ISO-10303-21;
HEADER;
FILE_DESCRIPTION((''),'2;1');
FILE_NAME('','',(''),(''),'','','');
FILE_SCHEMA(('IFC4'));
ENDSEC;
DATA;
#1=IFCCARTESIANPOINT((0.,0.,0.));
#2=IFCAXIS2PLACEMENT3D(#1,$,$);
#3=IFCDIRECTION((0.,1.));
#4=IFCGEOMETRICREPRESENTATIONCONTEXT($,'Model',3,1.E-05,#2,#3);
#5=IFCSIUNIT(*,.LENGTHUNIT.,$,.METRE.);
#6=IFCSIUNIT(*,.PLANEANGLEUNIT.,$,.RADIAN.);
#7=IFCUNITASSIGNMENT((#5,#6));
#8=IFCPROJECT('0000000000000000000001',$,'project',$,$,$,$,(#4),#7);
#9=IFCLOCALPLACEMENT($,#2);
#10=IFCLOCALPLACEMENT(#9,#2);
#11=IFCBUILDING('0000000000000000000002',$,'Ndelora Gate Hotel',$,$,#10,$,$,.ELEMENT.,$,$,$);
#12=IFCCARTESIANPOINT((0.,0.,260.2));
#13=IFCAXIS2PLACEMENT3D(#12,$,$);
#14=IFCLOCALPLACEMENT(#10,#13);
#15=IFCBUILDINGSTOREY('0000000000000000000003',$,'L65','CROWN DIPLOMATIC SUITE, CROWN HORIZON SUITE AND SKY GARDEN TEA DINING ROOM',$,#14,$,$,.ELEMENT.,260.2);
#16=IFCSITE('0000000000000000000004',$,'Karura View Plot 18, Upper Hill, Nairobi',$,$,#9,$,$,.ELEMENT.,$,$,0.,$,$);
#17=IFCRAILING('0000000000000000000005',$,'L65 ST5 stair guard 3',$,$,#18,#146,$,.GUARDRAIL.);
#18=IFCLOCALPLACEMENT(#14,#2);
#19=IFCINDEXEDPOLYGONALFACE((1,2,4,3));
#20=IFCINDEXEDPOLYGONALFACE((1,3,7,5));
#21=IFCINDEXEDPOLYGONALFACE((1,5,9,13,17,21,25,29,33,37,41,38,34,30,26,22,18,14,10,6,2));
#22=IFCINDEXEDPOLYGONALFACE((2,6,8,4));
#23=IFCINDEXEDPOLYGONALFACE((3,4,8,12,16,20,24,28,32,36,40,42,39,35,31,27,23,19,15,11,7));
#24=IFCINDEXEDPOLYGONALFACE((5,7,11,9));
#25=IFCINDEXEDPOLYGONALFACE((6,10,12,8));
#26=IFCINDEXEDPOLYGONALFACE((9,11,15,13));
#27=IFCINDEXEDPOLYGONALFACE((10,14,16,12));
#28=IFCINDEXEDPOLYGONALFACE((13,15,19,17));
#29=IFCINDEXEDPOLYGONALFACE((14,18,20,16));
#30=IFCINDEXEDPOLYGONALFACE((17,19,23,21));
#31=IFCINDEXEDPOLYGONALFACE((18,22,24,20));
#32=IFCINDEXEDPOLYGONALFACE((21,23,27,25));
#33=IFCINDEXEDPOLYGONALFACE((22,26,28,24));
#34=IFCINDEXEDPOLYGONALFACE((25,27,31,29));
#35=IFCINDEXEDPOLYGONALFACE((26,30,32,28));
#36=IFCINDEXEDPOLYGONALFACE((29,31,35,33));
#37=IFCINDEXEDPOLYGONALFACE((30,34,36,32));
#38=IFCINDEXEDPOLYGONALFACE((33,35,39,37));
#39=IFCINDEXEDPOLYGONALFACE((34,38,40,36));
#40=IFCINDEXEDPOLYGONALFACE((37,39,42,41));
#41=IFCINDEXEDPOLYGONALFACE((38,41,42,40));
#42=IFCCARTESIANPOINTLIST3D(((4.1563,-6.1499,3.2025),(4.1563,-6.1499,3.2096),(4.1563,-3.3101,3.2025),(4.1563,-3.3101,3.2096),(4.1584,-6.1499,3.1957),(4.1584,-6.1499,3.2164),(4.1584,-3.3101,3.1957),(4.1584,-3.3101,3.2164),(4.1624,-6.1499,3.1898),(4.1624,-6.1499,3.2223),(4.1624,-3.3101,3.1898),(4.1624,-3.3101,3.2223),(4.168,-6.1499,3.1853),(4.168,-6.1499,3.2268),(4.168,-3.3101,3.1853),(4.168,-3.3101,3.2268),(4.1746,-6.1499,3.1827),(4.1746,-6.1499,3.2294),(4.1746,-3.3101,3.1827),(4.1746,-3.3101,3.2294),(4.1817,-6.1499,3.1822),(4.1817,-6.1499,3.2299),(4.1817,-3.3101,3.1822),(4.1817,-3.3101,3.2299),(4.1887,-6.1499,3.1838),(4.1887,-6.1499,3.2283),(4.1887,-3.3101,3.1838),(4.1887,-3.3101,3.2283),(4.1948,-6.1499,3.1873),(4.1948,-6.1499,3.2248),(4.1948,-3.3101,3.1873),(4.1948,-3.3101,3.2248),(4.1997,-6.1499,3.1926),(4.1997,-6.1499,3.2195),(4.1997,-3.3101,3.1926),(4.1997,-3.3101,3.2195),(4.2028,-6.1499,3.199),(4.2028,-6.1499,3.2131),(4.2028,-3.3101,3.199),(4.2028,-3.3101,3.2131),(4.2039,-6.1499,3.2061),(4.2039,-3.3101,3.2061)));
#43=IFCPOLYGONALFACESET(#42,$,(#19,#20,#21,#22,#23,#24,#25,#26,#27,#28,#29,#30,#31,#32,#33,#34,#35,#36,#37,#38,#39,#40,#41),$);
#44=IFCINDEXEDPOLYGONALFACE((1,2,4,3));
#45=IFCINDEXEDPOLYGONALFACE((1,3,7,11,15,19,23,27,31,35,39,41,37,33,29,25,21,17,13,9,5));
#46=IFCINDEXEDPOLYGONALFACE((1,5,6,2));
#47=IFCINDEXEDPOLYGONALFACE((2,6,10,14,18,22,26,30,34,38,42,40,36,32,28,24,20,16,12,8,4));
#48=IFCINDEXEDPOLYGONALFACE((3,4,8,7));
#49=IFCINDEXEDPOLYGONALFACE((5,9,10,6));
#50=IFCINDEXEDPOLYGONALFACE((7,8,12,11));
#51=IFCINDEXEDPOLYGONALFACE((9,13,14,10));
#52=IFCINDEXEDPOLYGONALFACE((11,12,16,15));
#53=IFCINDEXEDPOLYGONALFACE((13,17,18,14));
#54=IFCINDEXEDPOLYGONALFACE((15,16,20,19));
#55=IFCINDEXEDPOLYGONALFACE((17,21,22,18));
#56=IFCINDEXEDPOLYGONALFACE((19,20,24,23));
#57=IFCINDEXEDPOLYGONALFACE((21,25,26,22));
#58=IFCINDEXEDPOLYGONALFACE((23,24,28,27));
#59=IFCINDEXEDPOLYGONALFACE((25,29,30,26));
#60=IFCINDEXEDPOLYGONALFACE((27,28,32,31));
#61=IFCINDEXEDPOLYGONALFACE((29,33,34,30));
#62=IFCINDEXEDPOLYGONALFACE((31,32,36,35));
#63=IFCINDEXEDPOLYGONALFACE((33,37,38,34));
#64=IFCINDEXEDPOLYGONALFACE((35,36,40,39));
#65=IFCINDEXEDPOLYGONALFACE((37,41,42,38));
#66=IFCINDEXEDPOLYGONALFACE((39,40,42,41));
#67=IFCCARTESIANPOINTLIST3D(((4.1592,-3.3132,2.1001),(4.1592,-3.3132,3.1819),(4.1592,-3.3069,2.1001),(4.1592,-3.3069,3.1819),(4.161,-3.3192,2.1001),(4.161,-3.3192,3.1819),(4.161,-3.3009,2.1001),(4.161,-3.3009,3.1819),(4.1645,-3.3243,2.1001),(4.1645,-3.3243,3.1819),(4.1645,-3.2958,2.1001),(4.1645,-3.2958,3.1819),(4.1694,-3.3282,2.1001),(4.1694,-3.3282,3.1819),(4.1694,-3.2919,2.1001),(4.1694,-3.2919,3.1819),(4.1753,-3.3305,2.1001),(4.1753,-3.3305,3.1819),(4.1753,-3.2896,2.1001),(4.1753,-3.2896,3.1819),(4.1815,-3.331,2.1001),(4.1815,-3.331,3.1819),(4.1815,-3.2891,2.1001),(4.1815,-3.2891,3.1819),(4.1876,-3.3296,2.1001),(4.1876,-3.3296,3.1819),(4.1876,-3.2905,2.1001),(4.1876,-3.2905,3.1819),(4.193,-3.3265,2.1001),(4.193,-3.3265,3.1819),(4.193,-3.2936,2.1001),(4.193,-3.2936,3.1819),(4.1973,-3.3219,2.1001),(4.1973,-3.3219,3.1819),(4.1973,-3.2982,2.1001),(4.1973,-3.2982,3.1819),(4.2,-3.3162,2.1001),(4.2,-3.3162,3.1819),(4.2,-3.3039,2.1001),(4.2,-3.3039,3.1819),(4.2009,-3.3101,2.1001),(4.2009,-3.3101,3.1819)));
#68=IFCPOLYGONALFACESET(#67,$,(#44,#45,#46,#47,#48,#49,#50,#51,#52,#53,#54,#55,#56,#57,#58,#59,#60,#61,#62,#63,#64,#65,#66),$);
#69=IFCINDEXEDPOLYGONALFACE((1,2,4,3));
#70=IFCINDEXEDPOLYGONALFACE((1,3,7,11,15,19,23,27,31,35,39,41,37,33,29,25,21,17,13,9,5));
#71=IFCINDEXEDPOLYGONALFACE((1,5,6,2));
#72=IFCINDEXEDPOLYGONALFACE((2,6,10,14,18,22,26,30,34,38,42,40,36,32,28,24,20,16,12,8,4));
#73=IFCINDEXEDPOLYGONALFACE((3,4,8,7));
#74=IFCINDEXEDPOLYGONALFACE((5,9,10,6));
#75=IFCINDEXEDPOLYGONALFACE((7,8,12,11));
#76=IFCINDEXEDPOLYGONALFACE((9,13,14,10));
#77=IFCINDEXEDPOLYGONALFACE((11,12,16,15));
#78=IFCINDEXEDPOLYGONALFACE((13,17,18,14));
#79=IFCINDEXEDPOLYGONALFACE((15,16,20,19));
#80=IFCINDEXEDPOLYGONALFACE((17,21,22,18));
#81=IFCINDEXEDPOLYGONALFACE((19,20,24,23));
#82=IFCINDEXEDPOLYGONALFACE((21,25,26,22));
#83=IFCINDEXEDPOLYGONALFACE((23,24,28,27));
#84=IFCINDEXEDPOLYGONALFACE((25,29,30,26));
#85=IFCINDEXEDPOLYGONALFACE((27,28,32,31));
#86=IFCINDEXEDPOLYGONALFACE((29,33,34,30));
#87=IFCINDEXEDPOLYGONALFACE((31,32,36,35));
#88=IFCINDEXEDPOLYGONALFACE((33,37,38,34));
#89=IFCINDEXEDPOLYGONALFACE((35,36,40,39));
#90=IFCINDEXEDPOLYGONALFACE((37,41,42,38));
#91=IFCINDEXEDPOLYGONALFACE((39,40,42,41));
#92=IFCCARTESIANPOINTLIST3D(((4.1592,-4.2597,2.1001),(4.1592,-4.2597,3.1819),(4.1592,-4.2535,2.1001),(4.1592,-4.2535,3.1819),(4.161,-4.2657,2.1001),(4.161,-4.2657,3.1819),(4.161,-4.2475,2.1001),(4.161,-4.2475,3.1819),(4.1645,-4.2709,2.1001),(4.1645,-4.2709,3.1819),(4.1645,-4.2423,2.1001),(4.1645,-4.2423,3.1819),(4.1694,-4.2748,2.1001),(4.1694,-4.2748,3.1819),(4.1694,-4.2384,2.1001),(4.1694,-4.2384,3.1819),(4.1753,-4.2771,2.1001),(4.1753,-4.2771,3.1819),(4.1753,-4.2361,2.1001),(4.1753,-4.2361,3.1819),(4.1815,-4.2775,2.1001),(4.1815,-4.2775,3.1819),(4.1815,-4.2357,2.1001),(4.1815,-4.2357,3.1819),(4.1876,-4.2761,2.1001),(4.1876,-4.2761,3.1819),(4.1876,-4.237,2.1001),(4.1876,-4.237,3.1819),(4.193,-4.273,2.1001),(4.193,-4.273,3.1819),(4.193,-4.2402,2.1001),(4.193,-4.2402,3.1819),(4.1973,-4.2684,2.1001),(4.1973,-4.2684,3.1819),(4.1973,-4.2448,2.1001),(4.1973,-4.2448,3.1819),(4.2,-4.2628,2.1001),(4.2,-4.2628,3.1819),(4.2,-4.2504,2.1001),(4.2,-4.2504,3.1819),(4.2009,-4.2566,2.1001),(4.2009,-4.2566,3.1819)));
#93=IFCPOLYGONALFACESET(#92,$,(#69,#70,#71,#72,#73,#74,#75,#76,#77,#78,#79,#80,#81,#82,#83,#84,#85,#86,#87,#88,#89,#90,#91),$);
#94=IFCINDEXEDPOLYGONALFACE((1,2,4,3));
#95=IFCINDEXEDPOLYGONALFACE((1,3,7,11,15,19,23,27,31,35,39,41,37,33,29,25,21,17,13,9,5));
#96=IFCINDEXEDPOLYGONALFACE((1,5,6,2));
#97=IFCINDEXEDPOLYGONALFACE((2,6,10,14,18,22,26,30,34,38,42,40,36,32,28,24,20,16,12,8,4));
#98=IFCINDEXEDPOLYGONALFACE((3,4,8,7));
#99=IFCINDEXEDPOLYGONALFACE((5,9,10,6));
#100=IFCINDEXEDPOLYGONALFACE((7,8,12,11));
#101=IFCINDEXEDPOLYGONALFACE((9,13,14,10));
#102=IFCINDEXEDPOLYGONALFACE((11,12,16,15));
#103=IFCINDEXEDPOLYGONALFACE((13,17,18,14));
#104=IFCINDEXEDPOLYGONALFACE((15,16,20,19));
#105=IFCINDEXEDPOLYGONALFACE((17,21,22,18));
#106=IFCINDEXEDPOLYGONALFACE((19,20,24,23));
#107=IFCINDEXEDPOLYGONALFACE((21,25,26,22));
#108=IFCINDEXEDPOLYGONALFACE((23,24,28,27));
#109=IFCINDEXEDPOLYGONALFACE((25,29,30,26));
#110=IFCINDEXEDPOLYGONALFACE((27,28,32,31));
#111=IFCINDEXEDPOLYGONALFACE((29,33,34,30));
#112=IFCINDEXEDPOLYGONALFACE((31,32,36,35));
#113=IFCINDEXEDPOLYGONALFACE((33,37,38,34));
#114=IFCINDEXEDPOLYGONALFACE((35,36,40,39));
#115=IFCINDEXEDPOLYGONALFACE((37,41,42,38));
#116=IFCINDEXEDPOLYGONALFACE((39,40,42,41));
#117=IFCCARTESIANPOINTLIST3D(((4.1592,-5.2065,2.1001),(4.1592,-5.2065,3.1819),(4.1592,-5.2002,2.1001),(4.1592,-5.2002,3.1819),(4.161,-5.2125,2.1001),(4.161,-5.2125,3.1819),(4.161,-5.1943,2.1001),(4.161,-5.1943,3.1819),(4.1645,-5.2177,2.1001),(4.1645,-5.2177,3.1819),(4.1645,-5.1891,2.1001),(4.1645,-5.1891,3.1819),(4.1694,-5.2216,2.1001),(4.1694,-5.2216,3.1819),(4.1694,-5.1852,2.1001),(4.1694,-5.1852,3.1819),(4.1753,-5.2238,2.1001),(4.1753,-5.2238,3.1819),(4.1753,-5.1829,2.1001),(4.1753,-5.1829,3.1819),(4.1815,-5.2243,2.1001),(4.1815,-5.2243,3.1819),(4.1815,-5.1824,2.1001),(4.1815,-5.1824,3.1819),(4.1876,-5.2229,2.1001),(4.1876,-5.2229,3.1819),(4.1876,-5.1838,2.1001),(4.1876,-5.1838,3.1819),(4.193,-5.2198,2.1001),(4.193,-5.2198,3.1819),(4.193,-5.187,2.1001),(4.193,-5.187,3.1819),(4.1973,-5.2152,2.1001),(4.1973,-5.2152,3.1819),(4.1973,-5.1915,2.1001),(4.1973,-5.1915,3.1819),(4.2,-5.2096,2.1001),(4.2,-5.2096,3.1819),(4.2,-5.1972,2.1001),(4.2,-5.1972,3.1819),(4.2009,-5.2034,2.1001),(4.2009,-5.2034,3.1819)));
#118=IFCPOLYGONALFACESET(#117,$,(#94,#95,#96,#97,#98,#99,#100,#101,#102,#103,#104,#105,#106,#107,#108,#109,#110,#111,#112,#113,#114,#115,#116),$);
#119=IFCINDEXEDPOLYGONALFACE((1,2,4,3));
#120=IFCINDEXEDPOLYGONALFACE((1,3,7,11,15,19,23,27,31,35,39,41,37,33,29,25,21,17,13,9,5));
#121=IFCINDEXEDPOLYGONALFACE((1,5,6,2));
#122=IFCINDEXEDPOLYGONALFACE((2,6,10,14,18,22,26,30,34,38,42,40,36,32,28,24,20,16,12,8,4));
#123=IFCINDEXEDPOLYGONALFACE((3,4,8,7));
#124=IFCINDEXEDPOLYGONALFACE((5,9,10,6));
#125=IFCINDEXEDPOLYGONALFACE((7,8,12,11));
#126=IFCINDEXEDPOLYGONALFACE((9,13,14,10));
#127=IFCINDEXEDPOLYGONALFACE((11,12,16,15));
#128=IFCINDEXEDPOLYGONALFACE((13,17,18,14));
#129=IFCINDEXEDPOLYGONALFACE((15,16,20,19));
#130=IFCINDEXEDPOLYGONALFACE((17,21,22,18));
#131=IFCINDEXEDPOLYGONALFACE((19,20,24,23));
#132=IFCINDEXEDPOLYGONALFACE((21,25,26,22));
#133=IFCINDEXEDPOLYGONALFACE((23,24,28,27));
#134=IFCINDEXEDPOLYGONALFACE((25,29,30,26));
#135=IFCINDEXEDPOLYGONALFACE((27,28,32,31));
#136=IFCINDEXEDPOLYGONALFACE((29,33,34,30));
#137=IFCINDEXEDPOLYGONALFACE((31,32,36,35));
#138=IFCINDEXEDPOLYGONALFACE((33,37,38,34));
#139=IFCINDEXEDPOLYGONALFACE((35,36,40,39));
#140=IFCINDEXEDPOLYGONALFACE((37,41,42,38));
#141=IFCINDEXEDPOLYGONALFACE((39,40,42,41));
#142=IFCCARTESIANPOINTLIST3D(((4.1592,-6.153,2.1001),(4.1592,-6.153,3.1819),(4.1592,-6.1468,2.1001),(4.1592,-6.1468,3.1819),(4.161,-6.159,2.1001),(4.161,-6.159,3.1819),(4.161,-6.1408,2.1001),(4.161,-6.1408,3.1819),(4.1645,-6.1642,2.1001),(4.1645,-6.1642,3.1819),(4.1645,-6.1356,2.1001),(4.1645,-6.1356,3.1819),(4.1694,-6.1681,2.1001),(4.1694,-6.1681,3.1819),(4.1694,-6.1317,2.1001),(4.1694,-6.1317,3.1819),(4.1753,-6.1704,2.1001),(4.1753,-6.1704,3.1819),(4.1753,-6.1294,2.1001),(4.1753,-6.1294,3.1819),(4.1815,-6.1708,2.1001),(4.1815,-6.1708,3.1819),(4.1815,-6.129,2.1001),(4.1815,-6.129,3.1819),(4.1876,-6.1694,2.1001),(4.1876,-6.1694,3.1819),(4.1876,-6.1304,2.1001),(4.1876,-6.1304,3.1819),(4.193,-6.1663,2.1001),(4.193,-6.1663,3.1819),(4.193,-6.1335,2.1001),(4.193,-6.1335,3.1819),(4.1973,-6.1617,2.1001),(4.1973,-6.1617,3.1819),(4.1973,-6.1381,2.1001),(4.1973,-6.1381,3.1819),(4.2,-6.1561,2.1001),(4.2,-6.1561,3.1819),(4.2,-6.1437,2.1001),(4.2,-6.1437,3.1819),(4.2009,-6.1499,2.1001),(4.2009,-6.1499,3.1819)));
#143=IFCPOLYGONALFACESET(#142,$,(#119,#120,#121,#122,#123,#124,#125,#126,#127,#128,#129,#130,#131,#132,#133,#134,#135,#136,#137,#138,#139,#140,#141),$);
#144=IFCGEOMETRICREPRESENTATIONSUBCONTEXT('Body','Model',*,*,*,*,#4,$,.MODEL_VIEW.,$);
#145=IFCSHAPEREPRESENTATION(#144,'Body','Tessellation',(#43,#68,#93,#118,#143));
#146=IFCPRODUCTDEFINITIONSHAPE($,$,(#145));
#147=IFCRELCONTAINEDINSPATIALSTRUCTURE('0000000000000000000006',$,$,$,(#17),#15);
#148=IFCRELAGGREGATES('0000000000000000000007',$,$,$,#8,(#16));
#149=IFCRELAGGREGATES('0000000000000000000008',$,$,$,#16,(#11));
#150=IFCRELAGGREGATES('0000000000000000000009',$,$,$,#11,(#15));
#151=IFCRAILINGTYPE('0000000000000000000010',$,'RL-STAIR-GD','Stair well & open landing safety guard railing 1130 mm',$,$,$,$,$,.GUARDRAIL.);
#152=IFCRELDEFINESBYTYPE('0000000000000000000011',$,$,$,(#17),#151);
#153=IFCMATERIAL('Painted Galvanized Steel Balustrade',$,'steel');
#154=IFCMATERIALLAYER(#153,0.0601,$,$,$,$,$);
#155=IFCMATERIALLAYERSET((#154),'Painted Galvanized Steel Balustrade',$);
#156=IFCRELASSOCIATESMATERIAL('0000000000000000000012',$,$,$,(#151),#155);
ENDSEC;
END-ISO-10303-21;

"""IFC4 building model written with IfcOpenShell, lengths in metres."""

from ifc_helpers import new_model, si_unit, direction, frame, origin, origin_2d, place, context, subcontext, project, spatial, circle, extrude, material, layer, layer_set, type_object, element, save


model = new_model("IFC4")

# Units and contexts
model_context = context("Model", 3, precision=1e-05, world=origin(), true_north=direction((0.0, 1.0)))
body_context = subcontext(model_context, "Body", "Model", "MODEL_VIEW")
ifc_project = project(units=[si_unit("LENGTHUNIT", "METRE"), si_unit("PLANEANGLEUNIT", "RADIAN")], contexts=[model_context])

# Site, building, storey
site_placement = place(None, origin())
site = spatial("IfcSite", under=ifc_project, at=site_placement, Name="Karura View Plot 18, Upper Hill, Nairobi", CompositionType="ELEMENT", RefElevation=0.0)
building_placement = place(site_placement, origin())
building = spatial("IfcBuilding", under=site, at=building_placement, Name="Ndelora Gate Hotel", CompositionType="ELEMENT")
storey_placement = place(building_placement, frame((0.0, 0.0, 260.2)))
storey = spatial("IfcBuildingStorey", under=building, at=storey_placement, Name="L65", Description="CROWN DIPLOMATIC SUITE, CROWN HORIZON SUITE AND SKY GARDEN TEA DINING ROOM", CompositionType="ELEMENT", Elevation=260.2)

# Railing
ifc_material_1 = material(Name="Painted Galvanized Steel Balustrade", Category="steel")
ifc_layer_1 = layer(ifc_material_1, 0.0601)
ifc_layer_set_1 = layer_set([ifc_layer_1], Name="Painted Galvanized Steel Balustrade")
railing_type_1 = type_object("IfcRailingType", Name="RL-STAIR-GD", Description="Stair well & open landing safety guard railing 1130 mm", PredefinedType="GUARDRAIL", material=ifc_layer_set_1)
for number, where, name in (
    (1, (4.1799, -3.3101, 2.1001), "L65 ST5 stair guard 3"),
):
    element("IfcRailing", number, at=place(storey_placement, frame(where)), inside=storey, type_object=railing_type_1, Name=name, PredefinedType="GUARDRAIL", context=body_context, shape_type="SweptSolid", body=[
        extrude(circle(Radius=0.0239, at=origin_2d()), frame((0.0, 0.0, 1.106), z_axis=(0.0, -1.0, 0.0), x_axis=(1.0, 0.0, 0.0)), (0.0, 0.0, 1.0), 2.8398),
        extrude(circle(Radius=0.021, at=origin_2d()), origin(), (0.0, 0.0, 1.0), 1.0818),
        extrude(circle(Radius=0.021, at=origin_2d()), frame((0.0, -0.9465, 0.0)), (0.0, 0.0, 1.0), 1.0818),
        extrude(circle(Radius=0.021, at=origin_2d()), frame((0.0, -1.8933, 0.0)), (0.0, 0.0, 1.0), 1.0818),
        extrude(circle(Radius=0.021, at=origin_2d()), frame((0.0, -2.8398, 0.0)), (0.0, 0.0, 1.0), 1.0818),
    ])

save(model, "model.ifc")
